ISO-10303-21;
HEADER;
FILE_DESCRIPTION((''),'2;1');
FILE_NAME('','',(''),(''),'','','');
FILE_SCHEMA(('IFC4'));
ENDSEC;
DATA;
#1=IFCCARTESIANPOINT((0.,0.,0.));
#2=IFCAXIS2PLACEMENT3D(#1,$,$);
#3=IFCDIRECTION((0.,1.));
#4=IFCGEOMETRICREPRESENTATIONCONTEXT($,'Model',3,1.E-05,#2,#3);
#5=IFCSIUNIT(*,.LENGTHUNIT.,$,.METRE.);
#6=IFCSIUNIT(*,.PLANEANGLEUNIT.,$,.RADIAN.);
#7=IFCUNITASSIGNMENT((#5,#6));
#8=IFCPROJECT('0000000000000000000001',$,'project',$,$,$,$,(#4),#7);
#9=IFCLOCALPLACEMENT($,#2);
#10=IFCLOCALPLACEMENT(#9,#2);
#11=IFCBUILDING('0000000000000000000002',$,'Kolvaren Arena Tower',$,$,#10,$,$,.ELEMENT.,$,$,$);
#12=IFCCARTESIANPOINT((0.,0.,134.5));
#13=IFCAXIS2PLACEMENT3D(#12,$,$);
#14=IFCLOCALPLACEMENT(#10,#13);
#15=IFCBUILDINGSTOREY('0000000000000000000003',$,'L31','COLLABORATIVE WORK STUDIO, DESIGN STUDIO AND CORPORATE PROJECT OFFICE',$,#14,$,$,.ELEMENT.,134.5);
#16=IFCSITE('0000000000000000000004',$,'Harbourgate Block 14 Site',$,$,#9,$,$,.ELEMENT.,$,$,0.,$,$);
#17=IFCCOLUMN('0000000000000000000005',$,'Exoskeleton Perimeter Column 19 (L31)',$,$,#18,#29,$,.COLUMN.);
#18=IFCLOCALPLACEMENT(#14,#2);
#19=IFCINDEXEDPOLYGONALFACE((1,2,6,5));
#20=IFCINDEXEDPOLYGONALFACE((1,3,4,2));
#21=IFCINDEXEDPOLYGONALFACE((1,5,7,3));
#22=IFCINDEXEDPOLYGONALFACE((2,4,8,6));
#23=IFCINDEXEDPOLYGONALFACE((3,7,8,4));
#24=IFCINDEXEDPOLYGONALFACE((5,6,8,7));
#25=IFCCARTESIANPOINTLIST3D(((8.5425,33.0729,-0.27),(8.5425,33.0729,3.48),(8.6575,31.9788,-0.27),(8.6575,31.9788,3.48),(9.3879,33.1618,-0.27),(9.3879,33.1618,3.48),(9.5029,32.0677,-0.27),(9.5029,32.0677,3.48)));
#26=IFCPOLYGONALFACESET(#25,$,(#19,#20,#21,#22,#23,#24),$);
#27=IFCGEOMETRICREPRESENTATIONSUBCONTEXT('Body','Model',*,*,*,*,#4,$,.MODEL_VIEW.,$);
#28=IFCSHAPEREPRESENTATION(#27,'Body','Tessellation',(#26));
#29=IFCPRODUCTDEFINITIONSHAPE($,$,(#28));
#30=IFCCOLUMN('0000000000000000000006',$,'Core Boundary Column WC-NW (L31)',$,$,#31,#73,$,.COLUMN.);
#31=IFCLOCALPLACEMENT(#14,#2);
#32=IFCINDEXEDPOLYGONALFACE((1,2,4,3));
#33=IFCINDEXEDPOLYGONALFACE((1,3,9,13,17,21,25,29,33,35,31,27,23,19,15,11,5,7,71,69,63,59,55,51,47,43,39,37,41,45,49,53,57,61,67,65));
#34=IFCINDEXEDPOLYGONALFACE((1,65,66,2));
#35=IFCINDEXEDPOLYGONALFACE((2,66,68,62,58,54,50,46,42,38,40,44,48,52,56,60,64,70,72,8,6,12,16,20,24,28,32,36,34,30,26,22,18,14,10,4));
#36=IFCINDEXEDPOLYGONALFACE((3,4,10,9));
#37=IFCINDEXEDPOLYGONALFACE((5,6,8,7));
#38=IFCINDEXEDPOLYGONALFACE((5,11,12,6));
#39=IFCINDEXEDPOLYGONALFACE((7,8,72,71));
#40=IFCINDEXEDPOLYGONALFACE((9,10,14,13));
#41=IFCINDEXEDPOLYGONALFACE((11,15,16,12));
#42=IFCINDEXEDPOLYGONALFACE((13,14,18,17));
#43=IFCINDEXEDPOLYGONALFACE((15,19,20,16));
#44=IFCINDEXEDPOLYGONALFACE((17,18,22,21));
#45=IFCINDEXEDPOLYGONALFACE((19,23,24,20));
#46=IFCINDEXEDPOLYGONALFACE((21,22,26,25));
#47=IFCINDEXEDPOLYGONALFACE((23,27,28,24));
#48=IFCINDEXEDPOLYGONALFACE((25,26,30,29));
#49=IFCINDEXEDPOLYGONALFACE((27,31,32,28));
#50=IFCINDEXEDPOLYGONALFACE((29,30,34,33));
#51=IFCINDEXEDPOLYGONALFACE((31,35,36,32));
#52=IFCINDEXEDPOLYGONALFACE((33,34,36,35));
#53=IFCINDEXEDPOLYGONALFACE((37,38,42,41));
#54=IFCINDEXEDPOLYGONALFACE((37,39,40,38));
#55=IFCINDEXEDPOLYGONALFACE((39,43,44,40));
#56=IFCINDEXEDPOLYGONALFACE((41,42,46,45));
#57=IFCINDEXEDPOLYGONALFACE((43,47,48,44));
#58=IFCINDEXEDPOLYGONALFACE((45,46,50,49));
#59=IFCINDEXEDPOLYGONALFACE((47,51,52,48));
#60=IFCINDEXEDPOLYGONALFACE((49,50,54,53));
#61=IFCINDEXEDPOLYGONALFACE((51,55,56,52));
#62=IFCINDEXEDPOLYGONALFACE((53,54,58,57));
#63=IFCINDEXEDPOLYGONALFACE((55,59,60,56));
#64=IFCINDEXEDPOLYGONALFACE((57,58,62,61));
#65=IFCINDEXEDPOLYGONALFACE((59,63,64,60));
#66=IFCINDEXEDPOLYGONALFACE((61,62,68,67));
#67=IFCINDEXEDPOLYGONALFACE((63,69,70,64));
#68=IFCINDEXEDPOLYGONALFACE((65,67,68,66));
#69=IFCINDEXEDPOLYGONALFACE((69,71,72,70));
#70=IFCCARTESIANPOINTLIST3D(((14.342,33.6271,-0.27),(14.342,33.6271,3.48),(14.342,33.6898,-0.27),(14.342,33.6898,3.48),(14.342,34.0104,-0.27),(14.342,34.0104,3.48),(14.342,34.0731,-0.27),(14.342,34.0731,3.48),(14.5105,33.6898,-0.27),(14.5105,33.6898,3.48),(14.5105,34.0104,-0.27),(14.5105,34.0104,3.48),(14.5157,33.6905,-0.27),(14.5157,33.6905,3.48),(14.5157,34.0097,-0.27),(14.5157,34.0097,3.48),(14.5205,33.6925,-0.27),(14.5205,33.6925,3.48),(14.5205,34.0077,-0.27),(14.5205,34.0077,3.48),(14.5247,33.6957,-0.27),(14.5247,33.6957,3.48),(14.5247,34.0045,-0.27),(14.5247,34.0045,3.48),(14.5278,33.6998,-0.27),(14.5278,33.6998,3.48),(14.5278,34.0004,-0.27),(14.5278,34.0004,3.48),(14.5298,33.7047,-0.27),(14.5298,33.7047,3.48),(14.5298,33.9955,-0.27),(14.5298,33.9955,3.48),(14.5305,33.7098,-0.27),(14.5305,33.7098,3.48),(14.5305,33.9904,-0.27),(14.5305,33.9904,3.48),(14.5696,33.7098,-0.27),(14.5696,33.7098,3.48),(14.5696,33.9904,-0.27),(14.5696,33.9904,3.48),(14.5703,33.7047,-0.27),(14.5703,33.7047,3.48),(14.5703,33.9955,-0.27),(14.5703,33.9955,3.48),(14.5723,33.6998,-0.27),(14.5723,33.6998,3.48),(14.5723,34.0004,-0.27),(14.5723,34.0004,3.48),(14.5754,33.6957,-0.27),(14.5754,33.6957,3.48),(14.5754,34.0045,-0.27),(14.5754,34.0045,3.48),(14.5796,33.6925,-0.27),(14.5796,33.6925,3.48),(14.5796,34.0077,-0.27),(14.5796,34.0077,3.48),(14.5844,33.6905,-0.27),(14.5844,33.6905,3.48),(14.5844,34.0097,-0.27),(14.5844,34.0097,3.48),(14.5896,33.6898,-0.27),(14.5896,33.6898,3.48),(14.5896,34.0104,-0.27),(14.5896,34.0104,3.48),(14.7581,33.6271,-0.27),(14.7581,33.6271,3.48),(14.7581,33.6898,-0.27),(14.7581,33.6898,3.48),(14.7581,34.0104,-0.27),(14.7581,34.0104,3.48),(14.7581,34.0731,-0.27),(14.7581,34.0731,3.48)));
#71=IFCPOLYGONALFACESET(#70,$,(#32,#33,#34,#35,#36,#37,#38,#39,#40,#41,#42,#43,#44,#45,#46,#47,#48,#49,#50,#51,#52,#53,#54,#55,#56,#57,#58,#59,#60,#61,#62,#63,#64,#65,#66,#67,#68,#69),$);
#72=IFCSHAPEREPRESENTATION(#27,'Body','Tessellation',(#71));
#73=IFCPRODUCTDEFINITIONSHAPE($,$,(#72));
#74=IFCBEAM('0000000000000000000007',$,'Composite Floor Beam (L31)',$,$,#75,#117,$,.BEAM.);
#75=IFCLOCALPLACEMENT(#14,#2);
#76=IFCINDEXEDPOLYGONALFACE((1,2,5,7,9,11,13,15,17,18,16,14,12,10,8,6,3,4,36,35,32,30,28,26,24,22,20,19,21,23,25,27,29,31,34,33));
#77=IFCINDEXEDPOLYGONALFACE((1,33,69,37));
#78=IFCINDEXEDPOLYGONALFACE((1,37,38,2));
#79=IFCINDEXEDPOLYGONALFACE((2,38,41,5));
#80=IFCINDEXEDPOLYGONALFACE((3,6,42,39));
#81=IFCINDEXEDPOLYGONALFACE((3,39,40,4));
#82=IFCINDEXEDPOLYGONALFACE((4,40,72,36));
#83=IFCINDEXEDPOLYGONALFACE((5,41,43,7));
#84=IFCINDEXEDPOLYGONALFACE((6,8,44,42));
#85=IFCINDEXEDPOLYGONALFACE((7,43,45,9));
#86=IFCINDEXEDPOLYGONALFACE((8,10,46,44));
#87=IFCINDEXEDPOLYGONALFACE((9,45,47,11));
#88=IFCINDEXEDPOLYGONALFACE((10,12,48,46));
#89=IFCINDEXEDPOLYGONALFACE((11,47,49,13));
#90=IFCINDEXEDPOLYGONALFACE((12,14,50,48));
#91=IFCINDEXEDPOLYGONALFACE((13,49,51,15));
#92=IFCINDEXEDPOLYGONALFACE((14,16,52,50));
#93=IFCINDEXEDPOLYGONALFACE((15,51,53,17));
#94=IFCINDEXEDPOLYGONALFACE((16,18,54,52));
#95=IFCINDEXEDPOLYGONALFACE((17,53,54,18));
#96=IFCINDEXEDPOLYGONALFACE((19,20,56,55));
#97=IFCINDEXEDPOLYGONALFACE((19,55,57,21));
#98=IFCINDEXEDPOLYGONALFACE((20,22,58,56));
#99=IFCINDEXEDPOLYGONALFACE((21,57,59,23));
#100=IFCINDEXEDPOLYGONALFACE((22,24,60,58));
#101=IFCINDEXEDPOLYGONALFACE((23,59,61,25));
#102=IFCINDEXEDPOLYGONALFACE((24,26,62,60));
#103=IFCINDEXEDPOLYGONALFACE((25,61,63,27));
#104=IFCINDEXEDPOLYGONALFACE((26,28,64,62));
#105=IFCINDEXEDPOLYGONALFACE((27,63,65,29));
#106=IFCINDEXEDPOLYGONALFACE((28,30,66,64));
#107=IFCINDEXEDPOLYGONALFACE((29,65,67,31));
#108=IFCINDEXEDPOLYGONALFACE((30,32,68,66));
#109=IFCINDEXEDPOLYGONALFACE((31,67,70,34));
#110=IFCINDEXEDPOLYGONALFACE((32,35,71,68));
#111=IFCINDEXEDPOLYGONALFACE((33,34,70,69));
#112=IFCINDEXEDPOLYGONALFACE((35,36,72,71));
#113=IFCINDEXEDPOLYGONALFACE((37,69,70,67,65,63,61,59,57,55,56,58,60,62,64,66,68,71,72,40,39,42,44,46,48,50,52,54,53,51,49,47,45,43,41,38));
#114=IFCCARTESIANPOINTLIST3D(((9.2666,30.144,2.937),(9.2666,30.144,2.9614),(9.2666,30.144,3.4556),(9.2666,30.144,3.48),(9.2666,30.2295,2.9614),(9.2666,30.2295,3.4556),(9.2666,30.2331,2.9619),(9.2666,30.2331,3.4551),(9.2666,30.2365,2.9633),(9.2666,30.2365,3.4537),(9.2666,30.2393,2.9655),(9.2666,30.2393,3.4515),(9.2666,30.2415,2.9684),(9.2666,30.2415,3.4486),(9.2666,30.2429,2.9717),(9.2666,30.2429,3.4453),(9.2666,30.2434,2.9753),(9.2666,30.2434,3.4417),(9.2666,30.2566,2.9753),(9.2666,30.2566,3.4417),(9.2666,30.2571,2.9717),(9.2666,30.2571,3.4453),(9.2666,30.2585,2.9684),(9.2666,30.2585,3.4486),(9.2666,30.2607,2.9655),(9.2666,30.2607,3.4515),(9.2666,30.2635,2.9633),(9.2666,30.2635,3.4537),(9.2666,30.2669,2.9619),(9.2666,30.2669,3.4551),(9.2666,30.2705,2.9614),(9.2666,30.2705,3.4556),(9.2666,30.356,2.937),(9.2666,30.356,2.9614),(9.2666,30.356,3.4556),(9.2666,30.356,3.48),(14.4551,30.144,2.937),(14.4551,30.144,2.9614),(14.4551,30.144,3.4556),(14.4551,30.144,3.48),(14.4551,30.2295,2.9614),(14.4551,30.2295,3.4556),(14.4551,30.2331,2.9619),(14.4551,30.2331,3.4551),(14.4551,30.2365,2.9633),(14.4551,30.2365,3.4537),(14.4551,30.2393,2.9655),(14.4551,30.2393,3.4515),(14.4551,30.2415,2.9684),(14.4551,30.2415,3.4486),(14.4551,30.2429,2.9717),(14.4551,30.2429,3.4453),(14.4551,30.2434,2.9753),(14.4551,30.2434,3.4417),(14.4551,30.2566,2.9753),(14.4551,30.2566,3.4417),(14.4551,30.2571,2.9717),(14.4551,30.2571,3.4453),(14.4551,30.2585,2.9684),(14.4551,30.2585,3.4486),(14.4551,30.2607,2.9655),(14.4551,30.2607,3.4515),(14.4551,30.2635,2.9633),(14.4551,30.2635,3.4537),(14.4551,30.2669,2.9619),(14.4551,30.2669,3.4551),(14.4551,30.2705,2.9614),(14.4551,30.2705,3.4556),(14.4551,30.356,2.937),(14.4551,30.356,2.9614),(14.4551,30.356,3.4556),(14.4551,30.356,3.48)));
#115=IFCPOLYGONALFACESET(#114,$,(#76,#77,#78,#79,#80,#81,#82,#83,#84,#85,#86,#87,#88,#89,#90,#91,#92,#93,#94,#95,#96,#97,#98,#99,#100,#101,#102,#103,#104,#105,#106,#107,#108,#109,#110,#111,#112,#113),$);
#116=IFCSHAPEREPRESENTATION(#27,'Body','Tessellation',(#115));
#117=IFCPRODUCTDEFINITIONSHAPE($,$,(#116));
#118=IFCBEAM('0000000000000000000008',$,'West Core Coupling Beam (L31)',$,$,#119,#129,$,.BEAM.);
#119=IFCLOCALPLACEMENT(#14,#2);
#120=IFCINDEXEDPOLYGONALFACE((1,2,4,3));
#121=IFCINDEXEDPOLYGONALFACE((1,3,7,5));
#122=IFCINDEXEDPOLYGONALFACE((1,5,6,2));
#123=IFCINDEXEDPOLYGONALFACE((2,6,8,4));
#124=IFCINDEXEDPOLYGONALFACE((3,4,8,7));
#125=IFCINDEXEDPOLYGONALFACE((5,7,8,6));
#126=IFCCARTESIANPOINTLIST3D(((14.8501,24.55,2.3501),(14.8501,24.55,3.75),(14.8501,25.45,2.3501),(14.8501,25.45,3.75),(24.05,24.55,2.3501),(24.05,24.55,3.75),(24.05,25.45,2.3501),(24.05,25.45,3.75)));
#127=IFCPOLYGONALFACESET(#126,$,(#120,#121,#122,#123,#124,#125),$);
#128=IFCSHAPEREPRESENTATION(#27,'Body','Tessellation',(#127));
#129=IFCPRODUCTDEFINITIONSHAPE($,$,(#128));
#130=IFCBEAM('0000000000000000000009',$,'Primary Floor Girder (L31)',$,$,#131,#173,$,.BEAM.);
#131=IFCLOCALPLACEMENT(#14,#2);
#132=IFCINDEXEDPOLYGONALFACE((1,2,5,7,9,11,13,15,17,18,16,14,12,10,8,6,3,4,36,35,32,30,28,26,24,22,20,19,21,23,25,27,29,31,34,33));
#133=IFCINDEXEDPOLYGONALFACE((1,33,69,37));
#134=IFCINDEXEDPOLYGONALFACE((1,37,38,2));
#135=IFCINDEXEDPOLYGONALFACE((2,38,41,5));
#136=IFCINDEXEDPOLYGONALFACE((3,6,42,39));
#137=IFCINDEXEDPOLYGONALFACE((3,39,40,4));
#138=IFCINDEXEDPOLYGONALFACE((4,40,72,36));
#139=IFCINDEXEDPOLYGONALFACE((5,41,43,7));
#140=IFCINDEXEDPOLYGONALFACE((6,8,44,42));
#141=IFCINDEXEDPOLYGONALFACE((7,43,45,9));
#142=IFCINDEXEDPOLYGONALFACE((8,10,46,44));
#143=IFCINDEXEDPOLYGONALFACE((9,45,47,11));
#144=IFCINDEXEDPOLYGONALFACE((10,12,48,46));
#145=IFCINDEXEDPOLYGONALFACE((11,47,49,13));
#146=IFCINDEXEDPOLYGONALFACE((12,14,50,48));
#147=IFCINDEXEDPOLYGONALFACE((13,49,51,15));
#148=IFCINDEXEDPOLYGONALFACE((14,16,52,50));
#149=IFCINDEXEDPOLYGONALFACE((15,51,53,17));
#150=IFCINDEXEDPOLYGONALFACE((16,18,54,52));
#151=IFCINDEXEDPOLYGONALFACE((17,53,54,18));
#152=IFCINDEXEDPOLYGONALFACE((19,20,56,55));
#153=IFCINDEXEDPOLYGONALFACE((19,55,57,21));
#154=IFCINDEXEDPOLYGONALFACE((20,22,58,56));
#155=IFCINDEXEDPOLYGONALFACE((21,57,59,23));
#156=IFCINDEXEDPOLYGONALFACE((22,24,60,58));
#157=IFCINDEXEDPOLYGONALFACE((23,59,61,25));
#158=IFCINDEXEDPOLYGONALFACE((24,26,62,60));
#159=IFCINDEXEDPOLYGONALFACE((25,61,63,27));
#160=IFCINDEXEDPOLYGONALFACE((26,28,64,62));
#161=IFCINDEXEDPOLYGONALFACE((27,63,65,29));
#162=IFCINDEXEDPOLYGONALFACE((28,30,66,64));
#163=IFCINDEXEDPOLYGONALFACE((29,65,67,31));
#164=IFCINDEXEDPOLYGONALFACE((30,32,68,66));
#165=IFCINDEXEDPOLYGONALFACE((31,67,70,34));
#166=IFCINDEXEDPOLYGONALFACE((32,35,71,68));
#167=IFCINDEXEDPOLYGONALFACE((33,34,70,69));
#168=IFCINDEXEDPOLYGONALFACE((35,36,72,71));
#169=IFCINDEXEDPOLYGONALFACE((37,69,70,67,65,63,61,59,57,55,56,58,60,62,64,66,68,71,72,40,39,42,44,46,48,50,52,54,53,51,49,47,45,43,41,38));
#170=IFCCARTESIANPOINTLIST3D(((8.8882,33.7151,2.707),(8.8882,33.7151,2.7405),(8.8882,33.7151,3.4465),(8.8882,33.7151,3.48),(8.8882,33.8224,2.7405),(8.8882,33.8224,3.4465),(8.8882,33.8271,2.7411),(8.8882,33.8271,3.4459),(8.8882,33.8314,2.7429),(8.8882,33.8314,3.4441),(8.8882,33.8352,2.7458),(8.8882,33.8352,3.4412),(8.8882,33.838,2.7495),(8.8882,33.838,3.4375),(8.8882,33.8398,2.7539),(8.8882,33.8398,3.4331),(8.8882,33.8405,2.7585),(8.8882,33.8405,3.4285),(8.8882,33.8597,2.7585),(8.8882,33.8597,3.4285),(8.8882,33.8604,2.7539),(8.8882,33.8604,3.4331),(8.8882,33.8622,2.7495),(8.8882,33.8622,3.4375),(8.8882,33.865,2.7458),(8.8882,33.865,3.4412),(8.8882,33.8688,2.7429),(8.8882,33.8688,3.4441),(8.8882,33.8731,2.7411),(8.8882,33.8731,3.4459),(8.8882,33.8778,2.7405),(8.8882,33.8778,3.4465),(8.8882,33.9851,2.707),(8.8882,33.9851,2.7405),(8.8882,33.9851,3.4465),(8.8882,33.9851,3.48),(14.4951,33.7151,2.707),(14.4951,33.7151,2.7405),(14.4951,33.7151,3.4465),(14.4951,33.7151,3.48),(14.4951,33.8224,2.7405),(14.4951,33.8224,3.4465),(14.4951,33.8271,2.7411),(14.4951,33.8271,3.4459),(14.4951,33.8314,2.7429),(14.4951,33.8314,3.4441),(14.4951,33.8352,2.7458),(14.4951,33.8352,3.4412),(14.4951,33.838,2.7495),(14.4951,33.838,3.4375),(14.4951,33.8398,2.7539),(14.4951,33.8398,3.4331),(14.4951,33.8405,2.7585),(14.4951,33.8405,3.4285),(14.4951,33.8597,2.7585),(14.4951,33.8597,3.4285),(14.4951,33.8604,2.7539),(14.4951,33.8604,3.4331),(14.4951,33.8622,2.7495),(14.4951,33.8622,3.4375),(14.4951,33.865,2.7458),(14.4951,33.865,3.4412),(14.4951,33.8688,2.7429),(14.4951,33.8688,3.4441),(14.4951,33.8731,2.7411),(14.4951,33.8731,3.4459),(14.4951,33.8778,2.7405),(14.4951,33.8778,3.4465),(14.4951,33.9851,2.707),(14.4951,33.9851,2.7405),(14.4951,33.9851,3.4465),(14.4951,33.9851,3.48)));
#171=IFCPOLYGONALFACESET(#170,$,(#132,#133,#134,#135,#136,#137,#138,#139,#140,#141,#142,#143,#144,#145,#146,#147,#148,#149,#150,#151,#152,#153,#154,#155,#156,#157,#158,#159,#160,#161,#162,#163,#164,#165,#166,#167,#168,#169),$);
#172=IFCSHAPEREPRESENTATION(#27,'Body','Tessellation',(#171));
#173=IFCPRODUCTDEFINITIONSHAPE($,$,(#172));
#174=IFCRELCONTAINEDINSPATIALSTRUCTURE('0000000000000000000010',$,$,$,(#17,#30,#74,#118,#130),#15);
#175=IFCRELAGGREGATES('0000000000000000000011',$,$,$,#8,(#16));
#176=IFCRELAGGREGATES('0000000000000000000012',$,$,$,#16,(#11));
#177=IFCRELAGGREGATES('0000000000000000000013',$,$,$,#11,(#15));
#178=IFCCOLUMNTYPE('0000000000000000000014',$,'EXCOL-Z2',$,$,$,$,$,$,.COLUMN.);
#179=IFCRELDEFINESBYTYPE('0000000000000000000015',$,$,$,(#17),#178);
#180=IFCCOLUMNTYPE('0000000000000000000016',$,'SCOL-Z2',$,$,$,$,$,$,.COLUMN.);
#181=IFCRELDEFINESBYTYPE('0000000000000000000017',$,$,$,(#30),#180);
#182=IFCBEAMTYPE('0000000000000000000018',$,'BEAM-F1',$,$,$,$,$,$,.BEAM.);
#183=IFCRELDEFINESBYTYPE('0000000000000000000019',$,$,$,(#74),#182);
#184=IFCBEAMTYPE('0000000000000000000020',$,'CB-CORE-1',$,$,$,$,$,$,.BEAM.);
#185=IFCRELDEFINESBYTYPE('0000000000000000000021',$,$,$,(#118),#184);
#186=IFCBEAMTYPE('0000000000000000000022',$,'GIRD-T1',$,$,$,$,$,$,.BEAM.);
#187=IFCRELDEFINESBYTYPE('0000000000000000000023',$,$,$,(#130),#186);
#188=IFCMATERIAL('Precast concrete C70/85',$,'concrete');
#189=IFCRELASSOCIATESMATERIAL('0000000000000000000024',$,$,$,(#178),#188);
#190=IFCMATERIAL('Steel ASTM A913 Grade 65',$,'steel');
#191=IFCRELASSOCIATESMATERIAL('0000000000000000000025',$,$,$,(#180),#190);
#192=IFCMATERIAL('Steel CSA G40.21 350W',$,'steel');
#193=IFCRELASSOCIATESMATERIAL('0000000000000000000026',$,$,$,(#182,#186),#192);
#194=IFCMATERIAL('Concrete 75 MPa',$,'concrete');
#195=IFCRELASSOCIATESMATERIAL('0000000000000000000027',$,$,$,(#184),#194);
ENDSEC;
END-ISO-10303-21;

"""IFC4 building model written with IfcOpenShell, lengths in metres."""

from ifc_helpers import new_model, si_unit, direction, frame, origin, origin_2d, place, context, subcontext, project, spatial, rectangle, i_section, extrude, material, material_profile, profile_set, type_object, element, save


model = new_model("IFC4")

# Units and contexts
model_context = context("Model", 3, precision=1e-05, world=origin(), true_north=direction((0.0, 1.0)))
body_context = subcontext(model_context, "Body", "Model", "MODEL_VIEW")
ifc_project = project(units=[si_unit("LENGTHUNIT", "METRE"), si_unit("PLANEANGLEUNIT", "RADIAN")], contexts=[model_context])

# Site, building, storey
site_placement = place(None, origin())
site = spatial("IfcSite", under=ifc_project, at=site_placement, Name="Harbourgate Block 14 Site", CompositionType="ELEMENT", RefElevation=0.0)
building_placement = place(site_placement, origin())
building = spatial("IfcBuilding", under=site, at=building_placement, Name="Kolvaren Arena Tower", CompositionType="ELEMENT")
storey_placement = place(building_placement, frame((0.0, 0.0, 134.5)))
storey = spatial("IfcBuildingStorey", under=building, at=storey_placement, Name="L31", Description="COLLABORATIVE WORK STUDIO, DESIGN STUDIO AND CORPORATE PROJECT OFFICE", CompositionType="ELEMENT", Elevation=134.5)

# Columns
ifc_material_1 = material(Name="Precast concrete C70/85", Category="concrete")
ifc_material_profile_1 = material_profile(ifc_material_1, rectangle(XDim=1.1001, YDim=0.8501, at=origin_2d()), Name="RC-1100x850")
ifc_profile_set_1 = profile_set([ifc_material_profile_1], Name="Precast concrete C70/85")
column_type_1 = type_object("IfcColumnType", Name="EXCOL-Z2", PredefinedType="COLUMN", material=ifc_profile_set_1)
column_1_placement = place(storey_placement, frame((9.0227, 32.5703, -0.27), z_axis=(0.0, 0.0, 1.0), x_axis=(-0.104528, 0.994522, 0.0)))
element("IfcColumn", 1, at=column_1_placement, inside=storey, type_object=column_type_1, Name="Exoskeleton Perimeter Column 19 (L31)", PredefinedType="COLUMN", context=body_context, shape_type="SweptSolid", body=[
    extrude(rectangle(XDim=1.1001, YDim=0.8501, at=origin_2d()), origin(), (0.0, 0.0, 1.0), 3.75),
])
ifc_material_2 = material(Name="Steel ASTM A913 Grade 65", Category="steel")
ifc_material_profile_2 = material_profile(ifc_material_2, i_section(OverallWidth=0.416, OverallDepth=0.446, WebThickness=0.0391, FlangeThickness=0.0627, FilletRadius=0.02, at=origin_2d()), Name="W360x509")
ifc_profile_set_2 = profile_set([ifc_material_profile_2], Name="Steel ASTM A913 Grade 65")
column_type_2 = type_object("IfcColumnType", Name="SCOL-Z2", PredefinedType="COLUMN", material=ifc_profile_set_2)
column_2_placement = place(storey_placement, frame((14.55, 33.8501, -0.27), z_axis=(0.0, 0.0, 1.0), x_axis=(1.0, 0.0, 0.0)))
element("IfcColumn", 2, at=column_2_placement, inside=storey, type_object=column_type_2, Name="Core Boundary Column WC-NW (L31)", PredefinedType="COLUMN", context=body_context, shape_type="SweptSolid", body=[
    extrude(i_section(OverallWidth=0.416, OverallDepth=0.446, WebThickness=0.0391, FlangeThickness=0.0627, FilletRadius=0.02, at=origin_2d()), origin(), (0.0, 0.0, 1.0), 3.75),
])

# Beams
ifc_material_3 = material(Name="Steel CSA G40.21 350W", Category="steel")
ifc_material_profile_3 = material_profile(ifc_material_3, i_section(OverallWidth=0.2119, OverallDepth=0.543, WebThickness=0.0132, FlangeThickness=0.0244, FilletRadius=0.0139, at=origin_2d()), Name="W530x150")
ifc_profile_set_3 = profile_set([ifc_material_profile_3], Name="Steel CSA G40.21 350W")
beam_type_1 = type_object("IfcBeamType", Name="BEAM-F1", PredefinedType="BEAM", material=ifc_profile_set_3)
beam_1_placement = place(storey_placement, frame((9.2666, 30.25, 3.2085), z_axis=(1.0, 0.0, 0.0), x_axis=(0.0, 1.0, 0.0)))
element("IfcBeam", 3, at=beam_1_placement, inside=storey, type_object=beam_type_1, Name="Composite Floor Beam (L31)", PredefinedType="BEAM", context=body_context, shape_type="SweptSolid", body=[
    extrude(i_section(OverallWidth=0.2119, OverallDepth=0.543, WebThickness=0.0132, FlangeThickness=0.0244, FilletRadius=0.0139, at=origin_2d()), origin(), (0.0, 0.0, 1.0), 5.1885),
])
ifc_material_4 = material(Name="Concrete 75 MPa", Category="concrete")
ifc_material_profile_4 = material_profile(ifc_material_4, rectangle(XDim=0.8999, YDim=1.3999, at=origin_2d()), Name="RC-900x1400")
ifc_profile_set_4 = profile_set([ifc_material_profile_4], Name="Concrete 75 MPa")
beam_type_2 = type_object("IfcBeamType", Name="CB-CORE-1", PredefinedType="BEAM", material=ifc_profile_set_4)
beam_2_placement = place(storey_placement, frame((14.8501, 25.0, 3.05), z_axis=(1.0, 0.0, 0.0), x_axis=(0.0, 1.0, 0.0)))
element("IfcBeam", 4, at=beam_2_placement, inside=storey, type_object=beam_type_2, Name="West Core Coupling Beam (L31)", PredefinedType="BEAM", context=body_context, shape_type="SweptSolid", body=[
    extrude(rectangle(XDim=0.8999, YDim=1.3999, at=origin_2d()), origin(), (0.0, 0.0, 1.0), 9.2),
])
ifc_material_profile_5 = material_profile(ifc_material_3, i_section(OverallWidth=0.27, OverallDepth=0.7729, WebThickness=0.0193, FlangeThickness=0.0334, FilletRadius=0.0181, at=origin_2d()), Name="W760x257")
ifc_profile_set_5 = profile_set([ifc_material_profile_5], Name="Steel CSA G40.21 350W")
beam_type_3 = type_object("IfcBeamType", Name="GIRD-T1", PredefinedType="BEAM", material=ifc_profile_set_5)
beam_3_placement = place(storey_placement, frame((8.8882, 33.8501, 3.0935), z_axis=(1.0, 0.0, 0.0), x_axis=(0.0, 1.0, 0.0)))
element("IfcBeam", 5, at=beam_3_placement, inside=storey, type_object=beam_type_3, Name="Primary Floor Girder (L31)", PredefinedType="BEAM", context=body_context, shape_type="SweptSolid", body=[
    extrude(i_section(OverallWidth=0.27, OverallDepth=0.7729, WebThickness=0.0193, FlangeThickness=0.0334, FilletRadius=0.0181, at=origin_2d()), origin(), (0.0, 0.0, 1.0), 5.6069),
])

save(model, "model.ifc")
